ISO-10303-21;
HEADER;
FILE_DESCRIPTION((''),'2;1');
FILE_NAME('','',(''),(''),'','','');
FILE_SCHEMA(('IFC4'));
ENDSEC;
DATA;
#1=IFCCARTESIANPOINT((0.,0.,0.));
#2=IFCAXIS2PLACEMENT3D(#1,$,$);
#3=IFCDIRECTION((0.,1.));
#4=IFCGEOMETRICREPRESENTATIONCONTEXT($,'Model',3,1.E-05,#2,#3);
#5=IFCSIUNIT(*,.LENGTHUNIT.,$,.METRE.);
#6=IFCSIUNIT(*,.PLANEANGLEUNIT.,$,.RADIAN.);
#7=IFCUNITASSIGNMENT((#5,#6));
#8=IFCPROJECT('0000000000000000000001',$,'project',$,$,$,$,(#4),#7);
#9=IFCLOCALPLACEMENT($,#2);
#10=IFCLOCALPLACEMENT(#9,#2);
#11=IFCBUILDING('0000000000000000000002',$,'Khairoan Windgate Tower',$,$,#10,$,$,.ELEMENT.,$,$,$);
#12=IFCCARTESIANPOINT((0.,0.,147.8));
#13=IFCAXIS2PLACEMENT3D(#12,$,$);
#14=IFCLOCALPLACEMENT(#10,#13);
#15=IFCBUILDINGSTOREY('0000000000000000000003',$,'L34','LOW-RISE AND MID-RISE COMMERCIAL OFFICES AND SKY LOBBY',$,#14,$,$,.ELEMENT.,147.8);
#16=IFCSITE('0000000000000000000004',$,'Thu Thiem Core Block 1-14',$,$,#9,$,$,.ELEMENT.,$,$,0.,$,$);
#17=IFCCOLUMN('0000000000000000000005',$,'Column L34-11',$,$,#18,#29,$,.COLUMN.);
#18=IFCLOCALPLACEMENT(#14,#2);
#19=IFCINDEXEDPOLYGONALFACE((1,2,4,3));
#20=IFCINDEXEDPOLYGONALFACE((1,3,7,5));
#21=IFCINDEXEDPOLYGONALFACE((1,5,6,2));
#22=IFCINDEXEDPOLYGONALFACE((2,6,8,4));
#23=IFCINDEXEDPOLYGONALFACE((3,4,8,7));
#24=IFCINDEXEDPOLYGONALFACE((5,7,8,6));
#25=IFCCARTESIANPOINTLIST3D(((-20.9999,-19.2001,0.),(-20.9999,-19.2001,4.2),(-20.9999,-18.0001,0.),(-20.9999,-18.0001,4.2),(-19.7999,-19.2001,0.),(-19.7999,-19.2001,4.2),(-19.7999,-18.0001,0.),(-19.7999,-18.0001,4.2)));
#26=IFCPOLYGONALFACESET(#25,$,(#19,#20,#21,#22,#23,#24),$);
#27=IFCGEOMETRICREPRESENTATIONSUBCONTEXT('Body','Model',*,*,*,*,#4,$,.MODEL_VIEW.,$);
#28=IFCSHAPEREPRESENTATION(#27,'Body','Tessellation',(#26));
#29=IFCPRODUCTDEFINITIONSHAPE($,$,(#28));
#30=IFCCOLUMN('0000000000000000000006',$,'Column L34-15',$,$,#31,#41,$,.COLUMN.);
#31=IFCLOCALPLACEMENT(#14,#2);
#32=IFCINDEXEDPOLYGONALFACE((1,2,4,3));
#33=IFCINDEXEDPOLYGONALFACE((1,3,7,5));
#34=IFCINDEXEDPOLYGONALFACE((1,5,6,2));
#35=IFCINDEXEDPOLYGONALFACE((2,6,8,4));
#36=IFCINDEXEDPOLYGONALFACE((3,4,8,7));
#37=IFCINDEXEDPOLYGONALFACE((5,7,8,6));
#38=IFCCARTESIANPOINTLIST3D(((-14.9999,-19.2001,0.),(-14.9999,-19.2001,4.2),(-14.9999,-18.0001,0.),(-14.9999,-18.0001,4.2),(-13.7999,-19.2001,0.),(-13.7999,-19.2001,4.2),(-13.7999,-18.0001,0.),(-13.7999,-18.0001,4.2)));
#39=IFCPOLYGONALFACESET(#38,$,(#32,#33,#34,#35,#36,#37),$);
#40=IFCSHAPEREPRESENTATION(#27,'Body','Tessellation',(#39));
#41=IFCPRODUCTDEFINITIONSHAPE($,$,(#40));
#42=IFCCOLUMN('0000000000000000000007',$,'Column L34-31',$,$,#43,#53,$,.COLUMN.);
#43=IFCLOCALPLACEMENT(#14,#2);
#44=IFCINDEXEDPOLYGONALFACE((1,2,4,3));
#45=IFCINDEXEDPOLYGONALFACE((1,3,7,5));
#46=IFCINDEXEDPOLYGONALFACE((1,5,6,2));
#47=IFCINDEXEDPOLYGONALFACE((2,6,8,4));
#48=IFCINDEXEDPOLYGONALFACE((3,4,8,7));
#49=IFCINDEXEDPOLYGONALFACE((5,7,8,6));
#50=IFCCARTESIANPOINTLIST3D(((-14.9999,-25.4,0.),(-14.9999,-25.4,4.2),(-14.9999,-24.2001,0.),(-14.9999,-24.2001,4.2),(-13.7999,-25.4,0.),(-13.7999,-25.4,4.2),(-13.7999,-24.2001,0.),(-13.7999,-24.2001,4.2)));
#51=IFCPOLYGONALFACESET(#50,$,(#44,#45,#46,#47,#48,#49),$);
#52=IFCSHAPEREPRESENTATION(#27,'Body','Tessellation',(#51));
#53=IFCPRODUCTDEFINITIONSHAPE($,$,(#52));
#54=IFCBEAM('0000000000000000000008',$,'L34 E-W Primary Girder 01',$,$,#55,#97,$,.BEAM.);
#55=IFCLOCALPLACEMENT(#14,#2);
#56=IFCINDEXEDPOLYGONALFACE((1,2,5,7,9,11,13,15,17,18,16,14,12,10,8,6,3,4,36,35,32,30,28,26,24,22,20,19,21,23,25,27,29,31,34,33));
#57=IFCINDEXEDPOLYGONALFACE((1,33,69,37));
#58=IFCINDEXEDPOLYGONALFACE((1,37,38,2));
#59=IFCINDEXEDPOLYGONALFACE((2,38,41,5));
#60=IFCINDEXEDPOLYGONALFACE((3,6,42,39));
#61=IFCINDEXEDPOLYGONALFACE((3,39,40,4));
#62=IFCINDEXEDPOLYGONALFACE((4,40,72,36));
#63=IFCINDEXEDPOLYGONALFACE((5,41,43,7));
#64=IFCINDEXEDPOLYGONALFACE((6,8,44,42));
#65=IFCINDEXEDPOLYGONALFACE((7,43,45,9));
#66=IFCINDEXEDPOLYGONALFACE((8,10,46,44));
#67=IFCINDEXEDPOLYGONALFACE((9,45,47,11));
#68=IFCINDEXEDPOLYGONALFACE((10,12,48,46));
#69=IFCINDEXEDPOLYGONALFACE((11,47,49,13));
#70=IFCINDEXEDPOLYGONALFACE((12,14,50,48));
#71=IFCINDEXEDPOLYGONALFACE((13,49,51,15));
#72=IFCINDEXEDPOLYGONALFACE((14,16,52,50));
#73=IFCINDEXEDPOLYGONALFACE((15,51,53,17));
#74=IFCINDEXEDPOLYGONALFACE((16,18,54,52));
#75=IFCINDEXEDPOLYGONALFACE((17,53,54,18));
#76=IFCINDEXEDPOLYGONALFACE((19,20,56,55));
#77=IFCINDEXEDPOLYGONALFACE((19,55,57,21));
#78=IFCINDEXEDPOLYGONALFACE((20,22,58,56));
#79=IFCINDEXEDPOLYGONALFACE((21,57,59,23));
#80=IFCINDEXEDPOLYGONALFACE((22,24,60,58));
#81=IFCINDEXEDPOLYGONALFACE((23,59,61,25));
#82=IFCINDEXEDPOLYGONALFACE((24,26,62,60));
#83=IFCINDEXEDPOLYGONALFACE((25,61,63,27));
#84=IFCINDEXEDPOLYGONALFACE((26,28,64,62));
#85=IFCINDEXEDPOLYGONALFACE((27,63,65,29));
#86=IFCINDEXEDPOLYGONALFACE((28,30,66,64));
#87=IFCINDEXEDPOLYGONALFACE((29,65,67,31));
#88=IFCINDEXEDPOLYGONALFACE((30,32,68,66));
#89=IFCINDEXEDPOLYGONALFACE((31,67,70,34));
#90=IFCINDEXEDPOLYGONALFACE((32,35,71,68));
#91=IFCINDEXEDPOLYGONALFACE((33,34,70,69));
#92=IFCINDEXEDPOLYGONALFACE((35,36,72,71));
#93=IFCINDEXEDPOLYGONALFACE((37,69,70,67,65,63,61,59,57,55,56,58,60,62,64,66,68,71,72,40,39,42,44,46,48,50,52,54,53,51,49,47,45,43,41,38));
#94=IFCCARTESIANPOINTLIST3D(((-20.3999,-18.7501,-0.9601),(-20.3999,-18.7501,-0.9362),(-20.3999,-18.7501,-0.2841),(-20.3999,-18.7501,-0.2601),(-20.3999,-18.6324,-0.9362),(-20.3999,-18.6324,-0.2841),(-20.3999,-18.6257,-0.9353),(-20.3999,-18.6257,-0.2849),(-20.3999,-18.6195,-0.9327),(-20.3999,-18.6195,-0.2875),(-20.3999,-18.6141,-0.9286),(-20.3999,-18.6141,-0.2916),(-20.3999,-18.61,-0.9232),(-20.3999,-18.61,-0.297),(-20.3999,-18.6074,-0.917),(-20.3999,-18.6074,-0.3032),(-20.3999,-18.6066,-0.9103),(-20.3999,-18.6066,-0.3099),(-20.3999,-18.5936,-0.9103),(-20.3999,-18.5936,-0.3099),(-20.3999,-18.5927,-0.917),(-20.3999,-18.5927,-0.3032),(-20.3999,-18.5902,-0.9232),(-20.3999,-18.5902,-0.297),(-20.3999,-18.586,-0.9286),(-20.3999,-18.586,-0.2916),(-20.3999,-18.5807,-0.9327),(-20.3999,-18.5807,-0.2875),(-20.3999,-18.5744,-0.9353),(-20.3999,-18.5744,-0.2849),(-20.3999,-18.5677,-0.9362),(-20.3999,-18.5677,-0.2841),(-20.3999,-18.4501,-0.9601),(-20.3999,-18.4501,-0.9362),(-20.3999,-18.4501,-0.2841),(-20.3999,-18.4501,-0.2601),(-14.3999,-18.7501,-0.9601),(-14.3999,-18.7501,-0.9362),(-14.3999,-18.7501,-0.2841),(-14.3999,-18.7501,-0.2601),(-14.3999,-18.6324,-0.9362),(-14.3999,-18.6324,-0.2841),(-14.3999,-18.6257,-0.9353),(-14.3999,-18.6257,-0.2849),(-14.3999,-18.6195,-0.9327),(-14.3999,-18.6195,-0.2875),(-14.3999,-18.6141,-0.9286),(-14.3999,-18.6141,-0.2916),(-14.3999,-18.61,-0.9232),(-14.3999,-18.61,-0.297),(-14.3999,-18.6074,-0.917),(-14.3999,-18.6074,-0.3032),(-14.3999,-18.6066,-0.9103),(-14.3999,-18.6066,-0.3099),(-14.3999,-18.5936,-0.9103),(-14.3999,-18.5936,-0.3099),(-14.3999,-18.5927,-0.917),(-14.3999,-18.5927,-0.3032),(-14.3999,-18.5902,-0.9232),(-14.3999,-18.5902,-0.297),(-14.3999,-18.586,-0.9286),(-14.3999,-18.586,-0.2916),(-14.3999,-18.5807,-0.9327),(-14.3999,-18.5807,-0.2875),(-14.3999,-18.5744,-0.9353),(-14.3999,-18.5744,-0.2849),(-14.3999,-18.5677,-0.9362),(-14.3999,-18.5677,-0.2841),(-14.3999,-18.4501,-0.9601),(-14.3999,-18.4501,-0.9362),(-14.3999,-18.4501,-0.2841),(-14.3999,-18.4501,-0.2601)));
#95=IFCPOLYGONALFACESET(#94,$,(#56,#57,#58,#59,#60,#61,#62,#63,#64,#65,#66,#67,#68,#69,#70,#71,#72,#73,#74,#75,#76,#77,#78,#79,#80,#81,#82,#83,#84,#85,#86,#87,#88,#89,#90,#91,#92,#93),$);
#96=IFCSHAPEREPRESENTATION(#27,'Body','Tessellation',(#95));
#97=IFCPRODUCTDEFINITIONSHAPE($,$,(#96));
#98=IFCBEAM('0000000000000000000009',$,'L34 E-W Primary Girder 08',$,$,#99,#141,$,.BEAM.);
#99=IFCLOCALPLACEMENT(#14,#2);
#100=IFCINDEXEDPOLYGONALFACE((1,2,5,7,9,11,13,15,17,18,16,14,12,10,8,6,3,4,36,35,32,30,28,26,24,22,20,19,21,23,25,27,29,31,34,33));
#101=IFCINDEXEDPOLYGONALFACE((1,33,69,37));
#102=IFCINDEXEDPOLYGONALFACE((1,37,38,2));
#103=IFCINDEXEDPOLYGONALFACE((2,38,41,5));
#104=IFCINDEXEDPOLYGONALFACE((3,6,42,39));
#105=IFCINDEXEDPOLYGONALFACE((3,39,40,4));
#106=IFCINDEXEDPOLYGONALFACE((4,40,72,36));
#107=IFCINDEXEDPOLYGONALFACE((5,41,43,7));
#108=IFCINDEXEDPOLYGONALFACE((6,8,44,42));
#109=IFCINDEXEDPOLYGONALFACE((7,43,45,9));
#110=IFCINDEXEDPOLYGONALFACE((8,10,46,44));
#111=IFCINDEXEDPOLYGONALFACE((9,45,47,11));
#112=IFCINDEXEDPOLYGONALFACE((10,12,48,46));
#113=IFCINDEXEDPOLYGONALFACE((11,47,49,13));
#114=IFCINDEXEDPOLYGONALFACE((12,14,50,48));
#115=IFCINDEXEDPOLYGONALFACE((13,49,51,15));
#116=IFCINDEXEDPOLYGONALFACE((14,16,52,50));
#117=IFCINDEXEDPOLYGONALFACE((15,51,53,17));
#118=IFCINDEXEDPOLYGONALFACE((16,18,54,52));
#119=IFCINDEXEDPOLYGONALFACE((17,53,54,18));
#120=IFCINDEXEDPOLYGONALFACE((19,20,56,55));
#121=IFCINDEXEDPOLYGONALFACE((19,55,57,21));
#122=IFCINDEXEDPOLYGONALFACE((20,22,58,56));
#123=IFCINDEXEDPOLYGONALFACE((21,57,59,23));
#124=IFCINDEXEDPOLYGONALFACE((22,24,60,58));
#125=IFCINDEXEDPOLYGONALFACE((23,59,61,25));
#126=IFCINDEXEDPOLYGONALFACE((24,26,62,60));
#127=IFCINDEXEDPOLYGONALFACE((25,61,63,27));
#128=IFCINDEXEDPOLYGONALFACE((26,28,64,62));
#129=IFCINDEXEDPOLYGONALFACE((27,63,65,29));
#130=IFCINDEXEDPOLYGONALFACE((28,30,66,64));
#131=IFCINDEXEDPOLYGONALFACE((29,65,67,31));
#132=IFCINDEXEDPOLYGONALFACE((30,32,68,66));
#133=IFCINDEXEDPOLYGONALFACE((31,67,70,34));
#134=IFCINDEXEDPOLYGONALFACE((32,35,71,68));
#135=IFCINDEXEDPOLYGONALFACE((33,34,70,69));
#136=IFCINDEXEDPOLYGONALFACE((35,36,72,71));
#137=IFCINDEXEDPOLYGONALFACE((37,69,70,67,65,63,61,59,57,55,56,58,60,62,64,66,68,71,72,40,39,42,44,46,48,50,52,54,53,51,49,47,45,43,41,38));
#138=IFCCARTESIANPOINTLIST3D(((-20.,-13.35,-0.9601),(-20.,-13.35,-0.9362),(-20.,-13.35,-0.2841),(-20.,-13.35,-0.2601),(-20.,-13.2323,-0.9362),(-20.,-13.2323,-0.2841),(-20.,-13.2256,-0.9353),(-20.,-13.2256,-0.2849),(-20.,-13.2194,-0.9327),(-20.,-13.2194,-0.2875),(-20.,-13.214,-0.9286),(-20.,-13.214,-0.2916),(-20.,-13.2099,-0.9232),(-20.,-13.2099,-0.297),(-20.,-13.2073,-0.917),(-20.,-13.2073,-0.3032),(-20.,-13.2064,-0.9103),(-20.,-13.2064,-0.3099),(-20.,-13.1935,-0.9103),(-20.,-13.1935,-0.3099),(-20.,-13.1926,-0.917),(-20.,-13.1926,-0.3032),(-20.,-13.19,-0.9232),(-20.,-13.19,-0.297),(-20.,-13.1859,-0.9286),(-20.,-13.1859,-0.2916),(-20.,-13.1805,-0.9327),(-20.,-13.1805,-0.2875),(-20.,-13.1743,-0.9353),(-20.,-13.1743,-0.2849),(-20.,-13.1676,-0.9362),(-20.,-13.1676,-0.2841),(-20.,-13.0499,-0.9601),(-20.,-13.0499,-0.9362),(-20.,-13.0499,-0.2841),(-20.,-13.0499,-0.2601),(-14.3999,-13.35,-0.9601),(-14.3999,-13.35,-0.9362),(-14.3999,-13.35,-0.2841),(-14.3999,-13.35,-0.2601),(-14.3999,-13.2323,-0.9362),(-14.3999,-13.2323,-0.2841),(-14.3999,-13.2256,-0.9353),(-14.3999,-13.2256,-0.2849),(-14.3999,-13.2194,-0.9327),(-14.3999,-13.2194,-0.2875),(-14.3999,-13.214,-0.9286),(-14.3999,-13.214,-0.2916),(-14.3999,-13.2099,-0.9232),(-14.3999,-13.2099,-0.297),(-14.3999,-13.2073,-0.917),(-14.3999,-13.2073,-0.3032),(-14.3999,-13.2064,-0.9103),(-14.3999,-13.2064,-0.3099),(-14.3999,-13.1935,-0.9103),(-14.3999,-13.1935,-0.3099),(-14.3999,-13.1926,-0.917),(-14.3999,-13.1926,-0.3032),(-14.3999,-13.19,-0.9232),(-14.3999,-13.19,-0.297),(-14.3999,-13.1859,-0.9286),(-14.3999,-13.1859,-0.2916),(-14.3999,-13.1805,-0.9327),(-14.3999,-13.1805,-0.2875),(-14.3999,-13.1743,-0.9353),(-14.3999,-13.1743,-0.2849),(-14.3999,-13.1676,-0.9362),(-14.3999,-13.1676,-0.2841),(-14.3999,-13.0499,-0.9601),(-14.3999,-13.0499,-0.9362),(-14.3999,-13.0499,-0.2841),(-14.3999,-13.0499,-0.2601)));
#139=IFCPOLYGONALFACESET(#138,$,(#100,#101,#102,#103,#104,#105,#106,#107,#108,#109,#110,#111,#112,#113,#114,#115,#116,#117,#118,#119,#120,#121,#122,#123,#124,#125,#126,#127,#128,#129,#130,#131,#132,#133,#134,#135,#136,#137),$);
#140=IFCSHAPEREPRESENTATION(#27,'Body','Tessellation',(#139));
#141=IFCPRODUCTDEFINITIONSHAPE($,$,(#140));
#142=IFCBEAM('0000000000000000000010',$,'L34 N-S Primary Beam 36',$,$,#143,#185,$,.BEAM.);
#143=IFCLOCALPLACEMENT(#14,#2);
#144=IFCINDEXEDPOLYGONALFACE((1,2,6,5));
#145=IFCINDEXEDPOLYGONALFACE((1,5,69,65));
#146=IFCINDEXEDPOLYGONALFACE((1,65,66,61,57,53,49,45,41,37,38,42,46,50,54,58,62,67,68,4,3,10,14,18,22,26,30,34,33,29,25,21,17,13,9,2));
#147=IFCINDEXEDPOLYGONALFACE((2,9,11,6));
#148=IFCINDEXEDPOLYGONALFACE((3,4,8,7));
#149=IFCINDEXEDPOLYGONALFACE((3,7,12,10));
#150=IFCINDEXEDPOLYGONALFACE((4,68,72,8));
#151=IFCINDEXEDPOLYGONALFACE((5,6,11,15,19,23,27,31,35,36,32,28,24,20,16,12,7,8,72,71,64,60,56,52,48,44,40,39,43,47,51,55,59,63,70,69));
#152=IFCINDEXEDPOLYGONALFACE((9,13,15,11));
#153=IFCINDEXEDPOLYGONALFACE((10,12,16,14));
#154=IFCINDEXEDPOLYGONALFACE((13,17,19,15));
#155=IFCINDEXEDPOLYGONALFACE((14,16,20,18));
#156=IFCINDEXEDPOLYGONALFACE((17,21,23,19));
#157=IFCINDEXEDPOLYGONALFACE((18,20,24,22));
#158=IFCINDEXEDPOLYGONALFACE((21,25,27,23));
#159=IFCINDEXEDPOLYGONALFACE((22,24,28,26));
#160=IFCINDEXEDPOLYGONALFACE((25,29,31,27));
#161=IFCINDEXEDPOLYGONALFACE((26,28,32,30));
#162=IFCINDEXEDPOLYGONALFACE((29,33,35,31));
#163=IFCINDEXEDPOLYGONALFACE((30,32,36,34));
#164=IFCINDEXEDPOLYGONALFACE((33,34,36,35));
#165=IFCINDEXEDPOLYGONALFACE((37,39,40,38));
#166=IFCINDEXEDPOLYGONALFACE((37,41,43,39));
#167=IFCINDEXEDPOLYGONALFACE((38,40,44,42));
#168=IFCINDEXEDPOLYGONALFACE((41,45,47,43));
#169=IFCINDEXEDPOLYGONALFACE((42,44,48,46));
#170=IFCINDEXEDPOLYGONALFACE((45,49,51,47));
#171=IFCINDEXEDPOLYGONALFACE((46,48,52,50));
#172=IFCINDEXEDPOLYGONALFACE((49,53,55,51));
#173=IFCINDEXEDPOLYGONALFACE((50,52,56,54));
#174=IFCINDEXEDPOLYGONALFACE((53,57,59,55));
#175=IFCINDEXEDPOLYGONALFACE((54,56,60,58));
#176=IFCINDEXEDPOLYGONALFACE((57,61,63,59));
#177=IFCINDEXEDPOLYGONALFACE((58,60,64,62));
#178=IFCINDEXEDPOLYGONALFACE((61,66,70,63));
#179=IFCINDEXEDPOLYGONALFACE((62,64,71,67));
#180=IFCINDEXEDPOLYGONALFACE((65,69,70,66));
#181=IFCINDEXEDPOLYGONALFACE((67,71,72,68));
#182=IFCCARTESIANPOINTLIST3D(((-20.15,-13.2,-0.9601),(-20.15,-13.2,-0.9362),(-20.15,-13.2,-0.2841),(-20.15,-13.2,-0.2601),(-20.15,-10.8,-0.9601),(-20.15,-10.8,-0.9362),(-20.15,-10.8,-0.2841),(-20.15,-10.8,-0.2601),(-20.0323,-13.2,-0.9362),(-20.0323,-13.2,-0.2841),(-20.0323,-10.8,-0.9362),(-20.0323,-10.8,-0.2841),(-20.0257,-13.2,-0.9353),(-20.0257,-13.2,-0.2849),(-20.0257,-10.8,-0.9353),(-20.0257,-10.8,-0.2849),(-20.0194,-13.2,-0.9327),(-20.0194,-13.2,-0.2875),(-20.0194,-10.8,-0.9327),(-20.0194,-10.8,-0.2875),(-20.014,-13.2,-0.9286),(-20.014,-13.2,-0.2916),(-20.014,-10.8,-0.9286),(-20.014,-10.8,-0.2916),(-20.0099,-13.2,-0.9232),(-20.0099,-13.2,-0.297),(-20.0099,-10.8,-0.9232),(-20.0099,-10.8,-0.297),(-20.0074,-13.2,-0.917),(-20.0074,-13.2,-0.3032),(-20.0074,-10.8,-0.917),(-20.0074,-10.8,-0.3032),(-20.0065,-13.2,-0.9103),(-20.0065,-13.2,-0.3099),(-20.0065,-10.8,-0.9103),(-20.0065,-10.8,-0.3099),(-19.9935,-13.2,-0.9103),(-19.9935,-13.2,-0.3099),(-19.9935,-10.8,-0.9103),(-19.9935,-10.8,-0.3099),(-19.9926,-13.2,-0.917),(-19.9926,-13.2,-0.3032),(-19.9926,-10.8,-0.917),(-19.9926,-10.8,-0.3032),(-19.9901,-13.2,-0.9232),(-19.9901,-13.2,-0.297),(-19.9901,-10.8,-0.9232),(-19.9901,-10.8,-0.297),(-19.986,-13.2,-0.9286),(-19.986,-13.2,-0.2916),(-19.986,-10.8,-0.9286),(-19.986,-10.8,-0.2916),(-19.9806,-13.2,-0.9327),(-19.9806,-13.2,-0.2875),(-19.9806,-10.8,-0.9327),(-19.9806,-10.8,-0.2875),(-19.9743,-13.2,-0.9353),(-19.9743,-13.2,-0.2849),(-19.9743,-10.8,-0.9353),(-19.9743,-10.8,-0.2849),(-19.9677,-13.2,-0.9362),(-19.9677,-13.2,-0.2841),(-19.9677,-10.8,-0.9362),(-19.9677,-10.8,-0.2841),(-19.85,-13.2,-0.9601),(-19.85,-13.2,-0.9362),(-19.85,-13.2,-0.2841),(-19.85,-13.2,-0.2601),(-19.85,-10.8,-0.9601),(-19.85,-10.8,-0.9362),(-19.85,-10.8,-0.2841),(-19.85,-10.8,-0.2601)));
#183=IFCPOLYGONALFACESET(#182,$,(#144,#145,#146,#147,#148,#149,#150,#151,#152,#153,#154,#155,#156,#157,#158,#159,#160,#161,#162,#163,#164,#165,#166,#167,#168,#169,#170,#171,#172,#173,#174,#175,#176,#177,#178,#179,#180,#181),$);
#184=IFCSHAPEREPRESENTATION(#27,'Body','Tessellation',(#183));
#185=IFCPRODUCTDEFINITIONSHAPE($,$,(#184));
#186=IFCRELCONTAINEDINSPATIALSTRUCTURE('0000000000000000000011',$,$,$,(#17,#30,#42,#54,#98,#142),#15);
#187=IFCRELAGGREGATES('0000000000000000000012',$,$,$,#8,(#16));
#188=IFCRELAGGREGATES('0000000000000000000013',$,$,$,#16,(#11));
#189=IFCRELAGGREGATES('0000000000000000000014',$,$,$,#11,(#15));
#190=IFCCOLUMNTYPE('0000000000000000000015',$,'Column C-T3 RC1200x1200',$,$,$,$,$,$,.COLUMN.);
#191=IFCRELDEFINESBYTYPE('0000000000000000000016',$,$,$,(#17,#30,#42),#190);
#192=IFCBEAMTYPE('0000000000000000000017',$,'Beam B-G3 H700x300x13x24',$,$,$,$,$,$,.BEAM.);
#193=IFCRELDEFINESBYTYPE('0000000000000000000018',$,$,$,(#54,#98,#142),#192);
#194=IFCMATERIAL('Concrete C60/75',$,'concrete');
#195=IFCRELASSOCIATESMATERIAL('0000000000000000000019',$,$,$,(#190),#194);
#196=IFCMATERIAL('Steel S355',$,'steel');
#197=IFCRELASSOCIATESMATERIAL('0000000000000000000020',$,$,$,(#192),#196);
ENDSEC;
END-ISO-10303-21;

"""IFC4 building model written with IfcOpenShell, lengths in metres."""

from ifc_helpers import new_model, si_unit, direction, frame, origin, origin_2d, place, context, subcontext, project, spatial, rectangle, i_section, extrude, material, material_profile, profile_set, type_object, element, save


model = new_model("IFC4")

# Units and contexts
model_context = context("Model", 3, precision=1e-05, world=origin(), true_north=direction((0.0, 1.0)))
body_context = subcontext(model_context, "Body", "Model", "MODEL_VIEW")
ifc_project = project(units=[si_unit("LENGTHUNIT", "METRE"), si_unit("PLANEANGLEUNIT", "RADIAN")], contexts=[model_context])

# Site, building, storey
site_placement = place(None, origin())
site = spatial("IfcSite", under=ifc_project, at=site_placement, Name="Thu Thiem Core Block 1-14", CompositionType="ELEMENT", RefElevation=0.0)
building_placement = place(site_placement, origin())
building = spatial("IfcBuilding", under=site, at=building_placement, Name="Khairoan Windgate Tower", CompositionType="ELEMENT")
storey_placement = place(building_placement, frame((0.0, 0.0, 147.8)))
storey = spatial("IfcBuildingStorey", under=building, at=storey_placement, Name="L34", Description="LOW-RISE AND MID-RISE COMMERCIAL OFFICES AND SKY LOBBY", CompositionType="ELEMENT", Elevation=147.8)

# Columns
ifc_material_1 = material(Name="Concrete C60/75", Category="concrete")
ifc_material_profile_1 = material_profile(ifc_material_1, rectangle(XDim=1.2, YDim=1.2, at=origin_2d()))
ifc_profile_set_1 = profile_set([ifc_material_profile_1], Name="Concrete C60/75")
column_type = type_object("IfcColumnType", Name="Column C-T3 RC1200x1200", PredefinedType="COLUMN", material=ifc_profile_set_1)
for number, where, z_axis, x_axis, name in (
    (1, (-20.3999, -18.6001, 0.0), (0.0, 0.0, 1.0), (1.0, 0.0, 0.0), "Column L34-11"),
    (2, (-14.3999, -18.6001, 0.0), (0.0, 0.0, 1.0), (1.0, 0.0, 0.0), "Column L34-15"),
    (3, (-14.3999, -24.8, 0.0), (0.0, 0.0, 1.0), (1.0, 0.0, 0.0), "Column L34-31"),
):
    element("IfcColumn", number, at=place(storey_placement, frame(where, z_axis=z_axis, x_axis=x_axis)), inside=storey, type_object=column_type, Name=name, PredefinedType="COLUMN", context=body_context, shape_type="SweptSolid", body=[
        extrude(rectangle(XDim=1.2, YDim=1.2, at=origin_2d()), origin(), (0.0, 0.0, 1.0), 4.2),
    ])

# Beams
ifc_material_2 = material(Name="Steel S355", Category="steel")
ifc_material_profile_2 = material_profile(ifc_material_2, i_section(OverallWidth=0.3, OverallDepth=0.7, WebThickness=0.0129, FlangeThickness=0.0239, FilletRadius=0.0259, at=origin_2d()))
ifc_profile_set_2 = profile_set([ifc_material_profile_2], Name="Steel S355")
beam_type_1 = type_object("IfcBeamType", Name="Beam B-G3 H700x300x13x24", PredefinedType="BEAM", material=ifc_profile_set_2)
beam_1_placement = place(storey_placement, frame((-20.3999, -18.6001, -0.6101), z_axis=(1.0, 0.0, 0.0), x_axis=(0.0, 1.0, 0.0)))
element("IfcBeam", 4, at=beam_1_placement, inside=storey, type_object=beam_type_1, Name="L34 E-W Primary Girder 01", PredefinedType="BEAM", context=body_context, shape_type="SweptSolid", body=[
    extrude(i_section(OverallWidth=0.3, OverallDepth=0.7, WebThickness=0.0129, FlangeThickness=0.0239, FilletRadius=0.0259, at=origin_2d()), origin(), (0.0, 0.0, 1.0), 6.0),
])
beam_2_placement = place(storey_placement, frame((-20.0, -13.2, -0.6101), z_axis=(1.0, 0.0, 0.0), x_axis=(0.0, 1.0, 0.0)))
element("IfcBeam", 5, at=beam_2_placement, inside=storey, type_object=beam_type_1, Name="L34 E-W Primary Girder 08", PredefinedType="BEAM", context=body_context, shape_type="SweptSolid", body=[
    extrude(i_section(OverallWidth=0.3, OverallDepth=0.7, WebThickness=0.0129, FlangeThickness=0.0239, FilletRadius=0.0259, at=origin_2d()), origin(), (0.0, 0.0, 1.0), 5.6001),
])
beam_3_placement = place(storey_placement, frame((-20.0, -13.2, -0.6101), z_axis=(0.0, 1.0, 0.0), x_axis=(-1.0, 0.0, 0.0)))
element("IfcBeam", 6, at=beam_3_placement, inside=storey, type_object=beam_type_1, Name="L34 N-S Primary Beam 36", PredefinedType="BEAM", context=body_context, shape_type="SweptSolid", body=[
    extrude(i_section(OverallWidth=0.3, OverallDepth=0.7, WebThickness=0.0129, FlangeThickness=0.0239, FilletRadius=0.0259, at=origin_2d()), origin(), (0.0, 0.0, 1.0), 2.3999),
])

save(model, "model.ifc")
